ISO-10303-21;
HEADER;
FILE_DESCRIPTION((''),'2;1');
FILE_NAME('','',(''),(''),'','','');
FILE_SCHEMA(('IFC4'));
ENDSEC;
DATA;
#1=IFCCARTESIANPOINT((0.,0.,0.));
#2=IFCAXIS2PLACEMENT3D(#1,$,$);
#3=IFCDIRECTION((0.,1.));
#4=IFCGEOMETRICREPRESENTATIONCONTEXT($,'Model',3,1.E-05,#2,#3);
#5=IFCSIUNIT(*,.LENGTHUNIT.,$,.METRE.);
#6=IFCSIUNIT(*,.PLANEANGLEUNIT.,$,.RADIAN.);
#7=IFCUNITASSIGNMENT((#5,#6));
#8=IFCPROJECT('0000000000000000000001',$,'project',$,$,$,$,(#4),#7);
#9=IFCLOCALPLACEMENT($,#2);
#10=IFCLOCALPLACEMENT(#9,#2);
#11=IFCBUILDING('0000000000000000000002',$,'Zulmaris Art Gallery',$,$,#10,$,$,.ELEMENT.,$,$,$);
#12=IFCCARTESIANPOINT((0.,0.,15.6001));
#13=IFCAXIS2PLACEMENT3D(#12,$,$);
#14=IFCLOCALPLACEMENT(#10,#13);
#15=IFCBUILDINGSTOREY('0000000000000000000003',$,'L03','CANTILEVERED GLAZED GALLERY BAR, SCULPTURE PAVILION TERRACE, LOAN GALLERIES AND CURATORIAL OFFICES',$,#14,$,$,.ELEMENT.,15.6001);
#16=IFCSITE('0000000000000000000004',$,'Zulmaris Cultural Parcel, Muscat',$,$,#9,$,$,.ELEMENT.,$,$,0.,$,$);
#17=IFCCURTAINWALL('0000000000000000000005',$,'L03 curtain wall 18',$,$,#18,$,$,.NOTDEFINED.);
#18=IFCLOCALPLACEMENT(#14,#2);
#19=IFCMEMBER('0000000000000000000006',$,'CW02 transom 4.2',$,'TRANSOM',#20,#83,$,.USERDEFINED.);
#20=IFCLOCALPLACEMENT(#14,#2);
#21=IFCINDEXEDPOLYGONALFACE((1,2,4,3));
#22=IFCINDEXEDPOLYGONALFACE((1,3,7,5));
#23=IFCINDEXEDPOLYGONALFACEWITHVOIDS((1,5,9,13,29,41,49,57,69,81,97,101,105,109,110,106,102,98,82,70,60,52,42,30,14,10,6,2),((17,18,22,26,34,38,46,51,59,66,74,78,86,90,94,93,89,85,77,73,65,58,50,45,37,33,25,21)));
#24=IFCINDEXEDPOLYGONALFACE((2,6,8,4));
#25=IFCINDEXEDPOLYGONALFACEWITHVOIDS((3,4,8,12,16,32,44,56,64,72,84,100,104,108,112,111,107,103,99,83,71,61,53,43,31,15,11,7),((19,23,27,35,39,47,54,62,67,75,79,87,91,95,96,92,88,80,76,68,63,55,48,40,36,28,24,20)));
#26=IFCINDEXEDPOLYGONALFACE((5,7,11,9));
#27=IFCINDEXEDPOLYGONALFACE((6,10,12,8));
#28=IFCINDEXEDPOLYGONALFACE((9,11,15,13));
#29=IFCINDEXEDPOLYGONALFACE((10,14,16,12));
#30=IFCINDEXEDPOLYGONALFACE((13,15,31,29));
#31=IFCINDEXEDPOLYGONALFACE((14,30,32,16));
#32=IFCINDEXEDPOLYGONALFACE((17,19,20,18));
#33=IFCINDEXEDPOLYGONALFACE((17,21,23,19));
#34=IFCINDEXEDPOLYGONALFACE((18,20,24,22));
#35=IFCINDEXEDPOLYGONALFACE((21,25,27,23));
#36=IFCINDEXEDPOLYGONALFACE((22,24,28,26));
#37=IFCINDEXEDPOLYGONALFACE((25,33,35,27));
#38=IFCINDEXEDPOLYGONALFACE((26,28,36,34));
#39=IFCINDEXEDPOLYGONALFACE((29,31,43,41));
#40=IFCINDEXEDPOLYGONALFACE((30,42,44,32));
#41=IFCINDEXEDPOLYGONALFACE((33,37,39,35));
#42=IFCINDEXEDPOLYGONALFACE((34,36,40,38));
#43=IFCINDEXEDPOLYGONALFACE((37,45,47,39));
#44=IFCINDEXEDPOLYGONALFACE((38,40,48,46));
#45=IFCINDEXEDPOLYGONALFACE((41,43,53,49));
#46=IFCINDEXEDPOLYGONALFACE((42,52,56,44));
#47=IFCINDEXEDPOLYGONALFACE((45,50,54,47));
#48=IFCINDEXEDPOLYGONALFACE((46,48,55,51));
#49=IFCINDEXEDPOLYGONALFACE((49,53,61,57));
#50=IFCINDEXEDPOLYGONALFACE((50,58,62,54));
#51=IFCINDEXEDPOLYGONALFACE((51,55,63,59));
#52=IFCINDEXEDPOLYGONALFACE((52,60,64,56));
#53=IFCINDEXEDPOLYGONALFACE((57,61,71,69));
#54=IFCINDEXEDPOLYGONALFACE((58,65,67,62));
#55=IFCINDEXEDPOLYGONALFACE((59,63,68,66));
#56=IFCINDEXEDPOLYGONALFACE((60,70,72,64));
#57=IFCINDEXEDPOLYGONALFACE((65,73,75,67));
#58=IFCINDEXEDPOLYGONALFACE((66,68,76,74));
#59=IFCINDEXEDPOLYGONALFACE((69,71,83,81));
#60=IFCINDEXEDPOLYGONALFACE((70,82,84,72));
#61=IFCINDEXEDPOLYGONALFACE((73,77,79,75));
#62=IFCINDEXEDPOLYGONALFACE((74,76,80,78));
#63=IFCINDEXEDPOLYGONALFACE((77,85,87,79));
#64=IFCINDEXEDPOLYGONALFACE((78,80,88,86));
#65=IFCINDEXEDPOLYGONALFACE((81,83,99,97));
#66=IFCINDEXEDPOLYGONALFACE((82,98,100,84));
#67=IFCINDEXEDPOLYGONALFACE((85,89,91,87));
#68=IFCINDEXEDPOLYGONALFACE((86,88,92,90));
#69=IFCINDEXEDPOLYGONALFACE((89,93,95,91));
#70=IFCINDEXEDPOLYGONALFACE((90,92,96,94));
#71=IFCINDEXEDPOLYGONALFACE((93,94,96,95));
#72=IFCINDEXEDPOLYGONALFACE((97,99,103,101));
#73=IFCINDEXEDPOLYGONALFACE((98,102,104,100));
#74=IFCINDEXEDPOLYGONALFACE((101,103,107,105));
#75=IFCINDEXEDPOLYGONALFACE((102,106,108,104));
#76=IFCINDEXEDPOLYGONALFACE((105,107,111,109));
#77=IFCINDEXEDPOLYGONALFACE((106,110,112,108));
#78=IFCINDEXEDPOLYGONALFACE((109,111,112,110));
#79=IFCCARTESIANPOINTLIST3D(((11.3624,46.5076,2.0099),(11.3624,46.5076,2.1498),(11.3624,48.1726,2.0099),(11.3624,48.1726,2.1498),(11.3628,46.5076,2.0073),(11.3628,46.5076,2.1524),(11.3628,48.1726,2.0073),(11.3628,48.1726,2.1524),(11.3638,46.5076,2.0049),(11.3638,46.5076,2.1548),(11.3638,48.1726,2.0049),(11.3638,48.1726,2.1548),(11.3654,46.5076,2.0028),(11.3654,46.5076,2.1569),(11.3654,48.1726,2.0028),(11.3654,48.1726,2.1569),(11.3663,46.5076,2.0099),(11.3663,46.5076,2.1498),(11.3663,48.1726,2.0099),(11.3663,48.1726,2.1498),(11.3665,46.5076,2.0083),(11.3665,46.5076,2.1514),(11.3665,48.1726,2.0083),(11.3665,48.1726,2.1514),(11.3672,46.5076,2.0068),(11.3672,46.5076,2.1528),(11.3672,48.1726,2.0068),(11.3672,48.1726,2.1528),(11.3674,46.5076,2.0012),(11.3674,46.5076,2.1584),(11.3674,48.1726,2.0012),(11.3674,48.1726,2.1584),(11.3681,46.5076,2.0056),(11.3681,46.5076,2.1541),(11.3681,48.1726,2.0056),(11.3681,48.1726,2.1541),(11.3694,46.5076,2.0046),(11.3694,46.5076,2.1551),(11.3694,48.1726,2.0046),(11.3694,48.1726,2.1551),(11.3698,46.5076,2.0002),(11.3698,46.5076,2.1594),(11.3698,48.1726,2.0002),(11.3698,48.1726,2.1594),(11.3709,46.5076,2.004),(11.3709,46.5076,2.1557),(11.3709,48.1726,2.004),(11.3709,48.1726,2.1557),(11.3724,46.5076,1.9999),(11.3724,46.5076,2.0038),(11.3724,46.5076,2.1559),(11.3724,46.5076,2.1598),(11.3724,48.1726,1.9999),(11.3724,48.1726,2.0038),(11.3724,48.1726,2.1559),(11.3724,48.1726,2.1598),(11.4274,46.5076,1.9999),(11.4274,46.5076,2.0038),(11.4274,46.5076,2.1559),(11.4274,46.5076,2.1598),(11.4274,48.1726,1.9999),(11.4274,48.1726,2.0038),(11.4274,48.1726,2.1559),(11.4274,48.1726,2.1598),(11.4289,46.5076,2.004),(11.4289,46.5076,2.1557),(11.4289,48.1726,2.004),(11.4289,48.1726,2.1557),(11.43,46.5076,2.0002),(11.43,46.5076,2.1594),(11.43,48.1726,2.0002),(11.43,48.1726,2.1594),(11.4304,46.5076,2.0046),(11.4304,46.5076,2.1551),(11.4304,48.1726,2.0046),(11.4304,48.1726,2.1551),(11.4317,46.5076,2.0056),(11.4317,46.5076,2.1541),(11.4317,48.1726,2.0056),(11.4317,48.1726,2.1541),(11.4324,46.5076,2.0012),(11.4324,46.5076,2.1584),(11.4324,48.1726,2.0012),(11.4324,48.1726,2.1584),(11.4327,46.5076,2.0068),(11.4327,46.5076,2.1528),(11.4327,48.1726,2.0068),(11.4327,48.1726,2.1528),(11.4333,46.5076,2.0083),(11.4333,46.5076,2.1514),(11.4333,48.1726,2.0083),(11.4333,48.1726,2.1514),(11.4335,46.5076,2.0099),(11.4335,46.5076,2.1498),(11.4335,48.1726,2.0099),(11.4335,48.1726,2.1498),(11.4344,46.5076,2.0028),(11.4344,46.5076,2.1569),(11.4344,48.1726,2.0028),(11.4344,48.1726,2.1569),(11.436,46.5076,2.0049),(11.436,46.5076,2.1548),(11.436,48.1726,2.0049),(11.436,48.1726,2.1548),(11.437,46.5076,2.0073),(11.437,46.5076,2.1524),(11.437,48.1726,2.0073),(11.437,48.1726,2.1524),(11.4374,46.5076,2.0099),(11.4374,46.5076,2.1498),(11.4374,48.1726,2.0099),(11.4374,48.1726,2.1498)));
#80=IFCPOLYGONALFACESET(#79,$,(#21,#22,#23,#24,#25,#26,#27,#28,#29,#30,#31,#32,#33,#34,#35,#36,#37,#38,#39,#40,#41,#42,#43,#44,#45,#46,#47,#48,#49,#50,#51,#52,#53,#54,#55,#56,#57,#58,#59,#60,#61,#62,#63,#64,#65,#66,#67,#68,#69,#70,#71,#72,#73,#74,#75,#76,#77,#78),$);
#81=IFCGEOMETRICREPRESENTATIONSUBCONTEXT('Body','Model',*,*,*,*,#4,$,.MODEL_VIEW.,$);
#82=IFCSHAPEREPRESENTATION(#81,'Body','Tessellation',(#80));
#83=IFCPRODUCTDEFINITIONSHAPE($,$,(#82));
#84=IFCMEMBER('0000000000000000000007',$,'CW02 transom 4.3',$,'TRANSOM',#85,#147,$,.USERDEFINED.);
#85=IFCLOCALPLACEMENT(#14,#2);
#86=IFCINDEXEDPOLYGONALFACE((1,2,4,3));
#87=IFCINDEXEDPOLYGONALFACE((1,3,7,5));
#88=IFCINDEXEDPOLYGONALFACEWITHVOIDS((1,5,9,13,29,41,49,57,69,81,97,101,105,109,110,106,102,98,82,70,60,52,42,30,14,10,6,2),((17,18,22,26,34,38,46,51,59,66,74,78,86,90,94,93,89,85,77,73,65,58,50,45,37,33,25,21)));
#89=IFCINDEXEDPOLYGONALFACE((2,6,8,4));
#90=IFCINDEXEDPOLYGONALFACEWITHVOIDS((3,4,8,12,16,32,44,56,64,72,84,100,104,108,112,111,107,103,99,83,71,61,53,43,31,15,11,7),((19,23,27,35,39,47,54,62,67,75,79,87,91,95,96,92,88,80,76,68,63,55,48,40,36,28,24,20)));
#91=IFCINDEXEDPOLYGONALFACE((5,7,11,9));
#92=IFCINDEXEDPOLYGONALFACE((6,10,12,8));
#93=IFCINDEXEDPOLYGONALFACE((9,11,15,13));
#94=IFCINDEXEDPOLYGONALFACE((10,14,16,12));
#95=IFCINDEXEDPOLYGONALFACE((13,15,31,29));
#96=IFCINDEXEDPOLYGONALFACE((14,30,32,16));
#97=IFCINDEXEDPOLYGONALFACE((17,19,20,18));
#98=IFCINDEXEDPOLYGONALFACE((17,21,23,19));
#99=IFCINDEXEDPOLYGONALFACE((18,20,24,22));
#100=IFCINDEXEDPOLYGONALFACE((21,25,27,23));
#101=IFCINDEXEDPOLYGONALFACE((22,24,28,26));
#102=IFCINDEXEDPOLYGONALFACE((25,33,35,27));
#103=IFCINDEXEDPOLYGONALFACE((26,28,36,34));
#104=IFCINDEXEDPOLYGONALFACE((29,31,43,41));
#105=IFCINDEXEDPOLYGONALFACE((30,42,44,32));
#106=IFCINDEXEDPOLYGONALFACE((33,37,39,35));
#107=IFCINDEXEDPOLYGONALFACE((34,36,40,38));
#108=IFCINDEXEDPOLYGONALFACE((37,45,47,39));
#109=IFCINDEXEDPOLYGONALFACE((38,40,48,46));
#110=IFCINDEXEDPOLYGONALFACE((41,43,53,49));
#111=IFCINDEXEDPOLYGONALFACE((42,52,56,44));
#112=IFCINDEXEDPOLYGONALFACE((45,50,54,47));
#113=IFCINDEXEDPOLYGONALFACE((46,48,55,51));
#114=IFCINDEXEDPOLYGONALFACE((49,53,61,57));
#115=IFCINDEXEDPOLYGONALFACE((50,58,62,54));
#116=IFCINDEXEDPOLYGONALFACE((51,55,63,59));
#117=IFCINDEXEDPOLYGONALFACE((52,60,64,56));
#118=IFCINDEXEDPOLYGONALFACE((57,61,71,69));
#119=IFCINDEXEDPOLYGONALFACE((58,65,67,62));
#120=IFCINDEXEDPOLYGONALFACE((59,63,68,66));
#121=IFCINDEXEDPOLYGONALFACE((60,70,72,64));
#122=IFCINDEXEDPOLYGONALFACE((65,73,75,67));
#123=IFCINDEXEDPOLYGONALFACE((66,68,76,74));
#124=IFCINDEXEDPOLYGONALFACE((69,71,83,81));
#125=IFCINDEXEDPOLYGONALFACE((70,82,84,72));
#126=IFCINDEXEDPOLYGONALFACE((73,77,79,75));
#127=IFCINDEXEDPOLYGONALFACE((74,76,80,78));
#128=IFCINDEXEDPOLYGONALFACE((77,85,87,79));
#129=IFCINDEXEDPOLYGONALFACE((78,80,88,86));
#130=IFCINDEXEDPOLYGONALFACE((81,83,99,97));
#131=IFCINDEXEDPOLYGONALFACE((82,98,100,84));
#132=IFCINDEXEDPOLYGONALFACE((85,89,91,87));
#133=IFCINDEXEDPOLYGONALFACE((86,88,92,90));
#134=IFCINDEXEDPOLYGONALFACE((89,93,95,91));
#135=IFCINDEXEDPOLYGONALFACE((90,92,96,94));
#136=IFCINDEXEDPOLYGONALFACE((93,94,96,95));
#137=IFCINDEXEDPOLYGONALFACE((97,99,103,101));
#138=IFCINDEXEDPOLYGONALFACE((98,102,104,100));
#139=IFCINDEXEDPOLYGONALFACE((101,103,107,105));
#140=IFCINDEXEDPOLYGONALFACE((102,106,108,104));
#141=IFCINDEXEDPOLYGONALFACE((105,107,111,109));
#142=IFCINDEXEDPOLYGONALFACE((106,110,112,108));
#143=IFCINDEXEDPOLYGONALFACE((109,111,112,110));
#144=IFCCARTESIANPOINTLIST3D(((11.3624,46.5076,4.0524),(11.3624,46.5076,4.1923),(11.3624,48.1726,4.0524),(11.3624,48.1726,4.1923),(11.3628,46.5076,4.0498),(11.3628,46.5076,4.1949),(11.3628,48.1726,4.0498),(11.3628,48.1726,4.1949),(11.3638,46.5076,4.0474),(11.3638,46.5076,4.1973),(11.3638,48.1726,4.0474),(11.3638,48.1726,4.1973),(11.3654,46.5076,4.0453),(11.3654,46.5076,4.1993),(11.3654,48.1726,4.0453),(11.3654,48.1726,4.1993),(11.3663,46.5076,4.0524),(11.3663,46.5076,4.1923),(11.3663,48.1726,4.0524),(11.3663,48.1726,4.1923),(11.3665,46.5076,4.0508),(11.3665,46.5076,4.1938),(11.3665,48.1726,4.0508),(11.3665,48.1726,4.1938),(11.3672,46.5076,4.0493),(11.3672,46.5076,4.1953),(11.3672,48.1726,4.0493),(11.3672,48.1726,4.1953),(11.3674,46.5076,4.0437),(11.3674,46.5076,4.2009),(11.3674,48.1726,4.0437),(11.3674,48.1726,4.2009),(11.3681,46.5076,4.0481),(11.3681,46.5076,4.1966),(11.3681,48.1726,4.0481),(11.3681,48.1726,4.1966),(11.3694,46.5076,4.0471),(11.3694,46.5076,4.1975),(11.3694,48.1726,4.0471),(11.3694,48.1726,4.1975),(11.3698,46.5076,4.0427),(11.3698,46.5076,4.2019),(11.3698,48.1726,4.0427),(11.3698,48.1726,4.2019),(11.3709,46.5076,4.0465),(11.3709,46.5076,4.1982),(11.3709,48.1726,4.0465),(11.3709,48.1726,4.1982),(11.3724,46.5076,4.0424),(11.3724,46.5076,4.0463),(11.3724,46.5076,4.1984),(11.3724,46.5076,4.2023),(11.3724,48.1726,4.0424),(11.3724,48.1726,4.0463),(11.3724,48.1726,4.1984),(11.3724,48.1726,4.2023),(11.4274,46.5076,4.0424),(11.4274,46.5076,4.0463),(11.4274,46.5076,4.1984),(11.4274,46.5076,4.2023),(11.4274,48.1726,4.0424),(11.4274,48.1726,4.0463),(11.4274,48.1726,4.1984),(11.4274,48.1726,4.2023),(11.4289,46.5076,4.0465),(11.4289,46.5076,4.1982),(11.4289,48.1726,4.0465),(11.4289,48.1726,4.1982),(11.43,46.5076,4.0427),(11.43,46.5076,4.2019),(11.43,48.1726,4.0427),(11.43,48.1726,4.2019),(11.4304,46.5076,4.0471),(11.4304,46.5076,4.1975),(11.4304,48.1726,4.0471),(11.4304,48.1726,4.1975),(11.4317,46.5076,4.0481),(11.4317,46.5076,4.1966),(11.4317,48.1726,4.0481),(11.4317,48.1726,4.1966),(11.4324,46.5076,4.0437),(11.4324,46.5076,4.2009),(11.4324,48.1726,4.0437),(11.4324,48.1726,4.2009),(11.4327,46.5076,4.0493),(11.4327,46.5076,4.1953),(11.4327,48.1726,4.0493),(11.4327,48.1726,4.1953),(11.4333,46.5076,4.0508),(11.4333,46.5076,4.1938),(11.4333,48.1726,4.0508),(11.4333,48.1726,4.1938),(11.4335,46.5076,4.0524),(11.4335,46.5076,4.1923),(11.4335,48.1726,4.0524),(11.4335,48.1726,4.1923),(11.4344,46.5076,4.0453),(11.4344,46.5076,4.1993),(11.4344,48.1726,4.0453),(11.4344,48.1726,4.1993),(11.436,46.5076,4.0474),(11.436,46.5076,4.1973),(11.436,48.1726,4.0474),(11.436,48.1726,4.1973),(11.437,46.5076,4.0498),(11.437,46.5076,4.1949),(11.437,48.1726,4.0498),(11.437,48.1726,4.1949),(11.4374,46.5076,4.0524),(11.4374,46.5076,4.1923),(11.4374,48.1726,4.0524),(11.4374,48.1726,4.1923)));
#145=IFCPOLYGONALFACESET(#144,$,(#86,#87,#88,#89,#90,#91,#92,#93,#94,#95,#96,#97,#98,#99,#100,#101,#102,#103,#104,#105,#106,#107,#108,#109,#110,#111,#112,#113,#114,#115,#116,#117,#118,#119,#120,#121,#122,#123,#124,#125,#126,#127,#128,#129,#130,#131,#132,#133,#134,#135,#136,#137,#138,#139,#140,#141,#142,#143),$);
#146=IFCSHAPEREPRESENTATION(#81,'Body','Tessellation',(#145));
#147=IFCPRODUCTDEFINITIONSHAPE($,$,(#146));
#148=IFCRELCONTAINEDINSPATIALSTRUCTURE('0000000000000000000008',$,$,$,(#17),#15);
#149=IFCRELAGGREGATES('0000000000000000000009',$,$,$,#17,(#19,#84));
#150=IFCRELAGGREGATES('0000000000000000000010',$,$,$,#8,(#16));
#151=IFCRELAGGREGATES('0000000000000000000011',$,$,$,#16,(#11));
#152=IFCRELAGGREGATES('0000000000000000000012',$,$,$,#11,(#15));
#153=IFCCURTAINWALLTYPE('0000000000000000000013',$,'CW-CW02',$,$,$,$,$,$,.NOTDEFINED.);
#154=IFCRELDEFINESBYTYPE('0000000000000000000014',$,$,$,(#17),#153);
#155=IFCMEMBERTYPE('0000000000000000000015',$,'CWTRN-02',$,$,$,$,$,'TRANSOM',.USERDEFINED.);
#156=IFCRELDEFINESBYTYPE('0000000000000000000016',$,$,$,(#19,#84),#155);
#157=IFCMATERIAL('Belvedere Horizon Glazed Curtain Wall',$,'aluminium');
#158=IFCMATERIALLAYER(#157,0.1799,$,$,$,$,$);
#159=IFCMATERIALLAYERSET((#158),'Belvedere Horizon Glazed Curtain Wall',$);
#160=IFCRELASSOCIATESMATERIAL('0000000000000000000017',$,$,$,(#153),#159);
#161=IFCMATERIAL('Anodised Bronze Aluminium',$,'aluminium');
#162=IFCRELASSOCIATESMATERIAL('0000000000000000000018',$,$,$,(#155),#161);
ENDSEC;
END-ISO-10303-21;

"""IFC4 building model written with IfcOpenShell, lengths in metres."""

from ifc_helpers import new_model, si_unit, direction, frame, origin, origin_2d, place, context, subcontext, project, spatial, hollow_rectangle, extrude, material, layer, layer_set, material_profile, profile_set, type_object, element, aggregate, save


model = new_model("IFC4")

# Units and contexts
model_context = context("Model", 3, precision=1e-05, world=origin(), true_north=direction((0.0, 1.0)))
body_context = subcontext(model_context, "Body", "Model", "MODEL_VIEW")
ifc_project = project(units=[si_unit("LENGTHUNIT", "METRE"), si_unit("PLANEANGLEUNIT", "RADIAN")], contexts=[model_context])

# Site, building, storey
site_placement = place(None, origin())
site = spatial("IfcSite", under=ifc_project, at=site_placement, Name="Zulmaris Cultural Parcel, Muscat", CompositionType="ELEMENT", RefElevation=0.0)
building_placement = place(site_placement, origin())
building = spatial("IfcBuilding", under=site, at=building_placement, Name="Zulmaris Art Gallery", CompositionType="ELEMENT")
storey_placement = place(building_placement, frame((0.0, 0.0, 15.6001)))
storey = spatial("IfcBuildingStorey", under=building, at=storey_placement, Name="L03", Description="CANTILEVERED GLAZED GALLERY BAR, SCULPTURE PAVILION TERRACE, LOAN GALLERIES AND CURATORIAL OFFICES", CompositionType="ELEMENT", Elevation=15.6001)

# Curtain wall, members
ifc_material_1 = material(Name="Belvedere Horizon Glazed Curtain Wall", Category="aluminium")
ifc_layer_1 = layer(ifc_material_1, 0.1799)
ifc_layer_set_1 = layer_set([ifc_layer_1], Name="Belvedere Horizon Glazed Curtain Wall")
curtain_wall_type = type_object("IfcCurtainWallType", Name="CW-CW02", PredefinedType="NOTDEFINED", material=ifc_layer_set_1)
curtain_wall_placement = place(storey_placement, origin())
curtain_wall = element("IfcCurtainWall", 1, at=curtain_wall_placement, inside=storey, type_object=curtain_wall_type, Name="L03 curtain wall 18", PredefinedType="NOTDEFINED")
ifc_material_2 = material(Name="Anodised Bronze Aluminium", Category="aluminium")
ifc_material_profile_1 = material_profile(ifc_material_2, hollow_rectangle(XDim=0.075, YDim=0.1599, WallThickness=0.0039, InnerFilletRadius=0.0061, OuterFilletRadius=0.01, at=origin_2d()), Name="ALU 75x160x4")
ifc_profile_set_1 = profile_set([ifc_material_profile_1], Name="Anodised Bronze Aluminium")
member_type_1 = type_object("IfcMemberType", Name="CWTRN-02", ElementType="TRANSOM", PredefinedType="USERDEFINED", material=ifc_profile_set_1)
member_1_placement = place(storey_placement, frame((11.3999, 46.5076, 2.0798), z_axis=(0.0, 1.0, 0.0), x_axis=(-1.0, 0.0, 0.0)))
member_1 = element("IfcMember", 2, at=member_1_placement, type_object=member_type_1, Name="CW02 transom 4.2", ObjectType="TRANSOM", PredefinedType="USERDEFINED", context=body_context, shape_type="SweptSolid", body=[
    extrude(hollow_rectangle(XDim=0.075, YDim=0.1599, WallThickness=0.0039, InnerFilletRadius=0.0061, OuterFilletRadius=0.01, at=origin_2d()), origin(), (0.0, 0.0, 1.0), 1.665),
])
member_2_placement = place(storey_placement, frame((11.3999, 46.5076, 4.1223), z_axis=(0.0, 1.0, 0.0), x_axis=(-1.0, 0.0, 0.0)))
member_2 = element("IfcMember", 3, at=member_2_placement, type_object=member_type_1, Name="CW02 transom 4.3", ObjectType="TRANSOM", PredefinedType="USERDEFINED", context=body_context, shape_type="SweptSolid", body=[
    extrude(hollow_rectangle(XDim=0.075, YDim=0.1599, WallThickness=0.0039, InnerFilletRadius=0.0061, OuterFilletRadius=0.01, at=origin_2d()), origin(), (0.0, 0.0, 1.0), 1.665),
])
aggregate(curtain_wall, [member_1, member_2])

save(model, "model.ifc")
